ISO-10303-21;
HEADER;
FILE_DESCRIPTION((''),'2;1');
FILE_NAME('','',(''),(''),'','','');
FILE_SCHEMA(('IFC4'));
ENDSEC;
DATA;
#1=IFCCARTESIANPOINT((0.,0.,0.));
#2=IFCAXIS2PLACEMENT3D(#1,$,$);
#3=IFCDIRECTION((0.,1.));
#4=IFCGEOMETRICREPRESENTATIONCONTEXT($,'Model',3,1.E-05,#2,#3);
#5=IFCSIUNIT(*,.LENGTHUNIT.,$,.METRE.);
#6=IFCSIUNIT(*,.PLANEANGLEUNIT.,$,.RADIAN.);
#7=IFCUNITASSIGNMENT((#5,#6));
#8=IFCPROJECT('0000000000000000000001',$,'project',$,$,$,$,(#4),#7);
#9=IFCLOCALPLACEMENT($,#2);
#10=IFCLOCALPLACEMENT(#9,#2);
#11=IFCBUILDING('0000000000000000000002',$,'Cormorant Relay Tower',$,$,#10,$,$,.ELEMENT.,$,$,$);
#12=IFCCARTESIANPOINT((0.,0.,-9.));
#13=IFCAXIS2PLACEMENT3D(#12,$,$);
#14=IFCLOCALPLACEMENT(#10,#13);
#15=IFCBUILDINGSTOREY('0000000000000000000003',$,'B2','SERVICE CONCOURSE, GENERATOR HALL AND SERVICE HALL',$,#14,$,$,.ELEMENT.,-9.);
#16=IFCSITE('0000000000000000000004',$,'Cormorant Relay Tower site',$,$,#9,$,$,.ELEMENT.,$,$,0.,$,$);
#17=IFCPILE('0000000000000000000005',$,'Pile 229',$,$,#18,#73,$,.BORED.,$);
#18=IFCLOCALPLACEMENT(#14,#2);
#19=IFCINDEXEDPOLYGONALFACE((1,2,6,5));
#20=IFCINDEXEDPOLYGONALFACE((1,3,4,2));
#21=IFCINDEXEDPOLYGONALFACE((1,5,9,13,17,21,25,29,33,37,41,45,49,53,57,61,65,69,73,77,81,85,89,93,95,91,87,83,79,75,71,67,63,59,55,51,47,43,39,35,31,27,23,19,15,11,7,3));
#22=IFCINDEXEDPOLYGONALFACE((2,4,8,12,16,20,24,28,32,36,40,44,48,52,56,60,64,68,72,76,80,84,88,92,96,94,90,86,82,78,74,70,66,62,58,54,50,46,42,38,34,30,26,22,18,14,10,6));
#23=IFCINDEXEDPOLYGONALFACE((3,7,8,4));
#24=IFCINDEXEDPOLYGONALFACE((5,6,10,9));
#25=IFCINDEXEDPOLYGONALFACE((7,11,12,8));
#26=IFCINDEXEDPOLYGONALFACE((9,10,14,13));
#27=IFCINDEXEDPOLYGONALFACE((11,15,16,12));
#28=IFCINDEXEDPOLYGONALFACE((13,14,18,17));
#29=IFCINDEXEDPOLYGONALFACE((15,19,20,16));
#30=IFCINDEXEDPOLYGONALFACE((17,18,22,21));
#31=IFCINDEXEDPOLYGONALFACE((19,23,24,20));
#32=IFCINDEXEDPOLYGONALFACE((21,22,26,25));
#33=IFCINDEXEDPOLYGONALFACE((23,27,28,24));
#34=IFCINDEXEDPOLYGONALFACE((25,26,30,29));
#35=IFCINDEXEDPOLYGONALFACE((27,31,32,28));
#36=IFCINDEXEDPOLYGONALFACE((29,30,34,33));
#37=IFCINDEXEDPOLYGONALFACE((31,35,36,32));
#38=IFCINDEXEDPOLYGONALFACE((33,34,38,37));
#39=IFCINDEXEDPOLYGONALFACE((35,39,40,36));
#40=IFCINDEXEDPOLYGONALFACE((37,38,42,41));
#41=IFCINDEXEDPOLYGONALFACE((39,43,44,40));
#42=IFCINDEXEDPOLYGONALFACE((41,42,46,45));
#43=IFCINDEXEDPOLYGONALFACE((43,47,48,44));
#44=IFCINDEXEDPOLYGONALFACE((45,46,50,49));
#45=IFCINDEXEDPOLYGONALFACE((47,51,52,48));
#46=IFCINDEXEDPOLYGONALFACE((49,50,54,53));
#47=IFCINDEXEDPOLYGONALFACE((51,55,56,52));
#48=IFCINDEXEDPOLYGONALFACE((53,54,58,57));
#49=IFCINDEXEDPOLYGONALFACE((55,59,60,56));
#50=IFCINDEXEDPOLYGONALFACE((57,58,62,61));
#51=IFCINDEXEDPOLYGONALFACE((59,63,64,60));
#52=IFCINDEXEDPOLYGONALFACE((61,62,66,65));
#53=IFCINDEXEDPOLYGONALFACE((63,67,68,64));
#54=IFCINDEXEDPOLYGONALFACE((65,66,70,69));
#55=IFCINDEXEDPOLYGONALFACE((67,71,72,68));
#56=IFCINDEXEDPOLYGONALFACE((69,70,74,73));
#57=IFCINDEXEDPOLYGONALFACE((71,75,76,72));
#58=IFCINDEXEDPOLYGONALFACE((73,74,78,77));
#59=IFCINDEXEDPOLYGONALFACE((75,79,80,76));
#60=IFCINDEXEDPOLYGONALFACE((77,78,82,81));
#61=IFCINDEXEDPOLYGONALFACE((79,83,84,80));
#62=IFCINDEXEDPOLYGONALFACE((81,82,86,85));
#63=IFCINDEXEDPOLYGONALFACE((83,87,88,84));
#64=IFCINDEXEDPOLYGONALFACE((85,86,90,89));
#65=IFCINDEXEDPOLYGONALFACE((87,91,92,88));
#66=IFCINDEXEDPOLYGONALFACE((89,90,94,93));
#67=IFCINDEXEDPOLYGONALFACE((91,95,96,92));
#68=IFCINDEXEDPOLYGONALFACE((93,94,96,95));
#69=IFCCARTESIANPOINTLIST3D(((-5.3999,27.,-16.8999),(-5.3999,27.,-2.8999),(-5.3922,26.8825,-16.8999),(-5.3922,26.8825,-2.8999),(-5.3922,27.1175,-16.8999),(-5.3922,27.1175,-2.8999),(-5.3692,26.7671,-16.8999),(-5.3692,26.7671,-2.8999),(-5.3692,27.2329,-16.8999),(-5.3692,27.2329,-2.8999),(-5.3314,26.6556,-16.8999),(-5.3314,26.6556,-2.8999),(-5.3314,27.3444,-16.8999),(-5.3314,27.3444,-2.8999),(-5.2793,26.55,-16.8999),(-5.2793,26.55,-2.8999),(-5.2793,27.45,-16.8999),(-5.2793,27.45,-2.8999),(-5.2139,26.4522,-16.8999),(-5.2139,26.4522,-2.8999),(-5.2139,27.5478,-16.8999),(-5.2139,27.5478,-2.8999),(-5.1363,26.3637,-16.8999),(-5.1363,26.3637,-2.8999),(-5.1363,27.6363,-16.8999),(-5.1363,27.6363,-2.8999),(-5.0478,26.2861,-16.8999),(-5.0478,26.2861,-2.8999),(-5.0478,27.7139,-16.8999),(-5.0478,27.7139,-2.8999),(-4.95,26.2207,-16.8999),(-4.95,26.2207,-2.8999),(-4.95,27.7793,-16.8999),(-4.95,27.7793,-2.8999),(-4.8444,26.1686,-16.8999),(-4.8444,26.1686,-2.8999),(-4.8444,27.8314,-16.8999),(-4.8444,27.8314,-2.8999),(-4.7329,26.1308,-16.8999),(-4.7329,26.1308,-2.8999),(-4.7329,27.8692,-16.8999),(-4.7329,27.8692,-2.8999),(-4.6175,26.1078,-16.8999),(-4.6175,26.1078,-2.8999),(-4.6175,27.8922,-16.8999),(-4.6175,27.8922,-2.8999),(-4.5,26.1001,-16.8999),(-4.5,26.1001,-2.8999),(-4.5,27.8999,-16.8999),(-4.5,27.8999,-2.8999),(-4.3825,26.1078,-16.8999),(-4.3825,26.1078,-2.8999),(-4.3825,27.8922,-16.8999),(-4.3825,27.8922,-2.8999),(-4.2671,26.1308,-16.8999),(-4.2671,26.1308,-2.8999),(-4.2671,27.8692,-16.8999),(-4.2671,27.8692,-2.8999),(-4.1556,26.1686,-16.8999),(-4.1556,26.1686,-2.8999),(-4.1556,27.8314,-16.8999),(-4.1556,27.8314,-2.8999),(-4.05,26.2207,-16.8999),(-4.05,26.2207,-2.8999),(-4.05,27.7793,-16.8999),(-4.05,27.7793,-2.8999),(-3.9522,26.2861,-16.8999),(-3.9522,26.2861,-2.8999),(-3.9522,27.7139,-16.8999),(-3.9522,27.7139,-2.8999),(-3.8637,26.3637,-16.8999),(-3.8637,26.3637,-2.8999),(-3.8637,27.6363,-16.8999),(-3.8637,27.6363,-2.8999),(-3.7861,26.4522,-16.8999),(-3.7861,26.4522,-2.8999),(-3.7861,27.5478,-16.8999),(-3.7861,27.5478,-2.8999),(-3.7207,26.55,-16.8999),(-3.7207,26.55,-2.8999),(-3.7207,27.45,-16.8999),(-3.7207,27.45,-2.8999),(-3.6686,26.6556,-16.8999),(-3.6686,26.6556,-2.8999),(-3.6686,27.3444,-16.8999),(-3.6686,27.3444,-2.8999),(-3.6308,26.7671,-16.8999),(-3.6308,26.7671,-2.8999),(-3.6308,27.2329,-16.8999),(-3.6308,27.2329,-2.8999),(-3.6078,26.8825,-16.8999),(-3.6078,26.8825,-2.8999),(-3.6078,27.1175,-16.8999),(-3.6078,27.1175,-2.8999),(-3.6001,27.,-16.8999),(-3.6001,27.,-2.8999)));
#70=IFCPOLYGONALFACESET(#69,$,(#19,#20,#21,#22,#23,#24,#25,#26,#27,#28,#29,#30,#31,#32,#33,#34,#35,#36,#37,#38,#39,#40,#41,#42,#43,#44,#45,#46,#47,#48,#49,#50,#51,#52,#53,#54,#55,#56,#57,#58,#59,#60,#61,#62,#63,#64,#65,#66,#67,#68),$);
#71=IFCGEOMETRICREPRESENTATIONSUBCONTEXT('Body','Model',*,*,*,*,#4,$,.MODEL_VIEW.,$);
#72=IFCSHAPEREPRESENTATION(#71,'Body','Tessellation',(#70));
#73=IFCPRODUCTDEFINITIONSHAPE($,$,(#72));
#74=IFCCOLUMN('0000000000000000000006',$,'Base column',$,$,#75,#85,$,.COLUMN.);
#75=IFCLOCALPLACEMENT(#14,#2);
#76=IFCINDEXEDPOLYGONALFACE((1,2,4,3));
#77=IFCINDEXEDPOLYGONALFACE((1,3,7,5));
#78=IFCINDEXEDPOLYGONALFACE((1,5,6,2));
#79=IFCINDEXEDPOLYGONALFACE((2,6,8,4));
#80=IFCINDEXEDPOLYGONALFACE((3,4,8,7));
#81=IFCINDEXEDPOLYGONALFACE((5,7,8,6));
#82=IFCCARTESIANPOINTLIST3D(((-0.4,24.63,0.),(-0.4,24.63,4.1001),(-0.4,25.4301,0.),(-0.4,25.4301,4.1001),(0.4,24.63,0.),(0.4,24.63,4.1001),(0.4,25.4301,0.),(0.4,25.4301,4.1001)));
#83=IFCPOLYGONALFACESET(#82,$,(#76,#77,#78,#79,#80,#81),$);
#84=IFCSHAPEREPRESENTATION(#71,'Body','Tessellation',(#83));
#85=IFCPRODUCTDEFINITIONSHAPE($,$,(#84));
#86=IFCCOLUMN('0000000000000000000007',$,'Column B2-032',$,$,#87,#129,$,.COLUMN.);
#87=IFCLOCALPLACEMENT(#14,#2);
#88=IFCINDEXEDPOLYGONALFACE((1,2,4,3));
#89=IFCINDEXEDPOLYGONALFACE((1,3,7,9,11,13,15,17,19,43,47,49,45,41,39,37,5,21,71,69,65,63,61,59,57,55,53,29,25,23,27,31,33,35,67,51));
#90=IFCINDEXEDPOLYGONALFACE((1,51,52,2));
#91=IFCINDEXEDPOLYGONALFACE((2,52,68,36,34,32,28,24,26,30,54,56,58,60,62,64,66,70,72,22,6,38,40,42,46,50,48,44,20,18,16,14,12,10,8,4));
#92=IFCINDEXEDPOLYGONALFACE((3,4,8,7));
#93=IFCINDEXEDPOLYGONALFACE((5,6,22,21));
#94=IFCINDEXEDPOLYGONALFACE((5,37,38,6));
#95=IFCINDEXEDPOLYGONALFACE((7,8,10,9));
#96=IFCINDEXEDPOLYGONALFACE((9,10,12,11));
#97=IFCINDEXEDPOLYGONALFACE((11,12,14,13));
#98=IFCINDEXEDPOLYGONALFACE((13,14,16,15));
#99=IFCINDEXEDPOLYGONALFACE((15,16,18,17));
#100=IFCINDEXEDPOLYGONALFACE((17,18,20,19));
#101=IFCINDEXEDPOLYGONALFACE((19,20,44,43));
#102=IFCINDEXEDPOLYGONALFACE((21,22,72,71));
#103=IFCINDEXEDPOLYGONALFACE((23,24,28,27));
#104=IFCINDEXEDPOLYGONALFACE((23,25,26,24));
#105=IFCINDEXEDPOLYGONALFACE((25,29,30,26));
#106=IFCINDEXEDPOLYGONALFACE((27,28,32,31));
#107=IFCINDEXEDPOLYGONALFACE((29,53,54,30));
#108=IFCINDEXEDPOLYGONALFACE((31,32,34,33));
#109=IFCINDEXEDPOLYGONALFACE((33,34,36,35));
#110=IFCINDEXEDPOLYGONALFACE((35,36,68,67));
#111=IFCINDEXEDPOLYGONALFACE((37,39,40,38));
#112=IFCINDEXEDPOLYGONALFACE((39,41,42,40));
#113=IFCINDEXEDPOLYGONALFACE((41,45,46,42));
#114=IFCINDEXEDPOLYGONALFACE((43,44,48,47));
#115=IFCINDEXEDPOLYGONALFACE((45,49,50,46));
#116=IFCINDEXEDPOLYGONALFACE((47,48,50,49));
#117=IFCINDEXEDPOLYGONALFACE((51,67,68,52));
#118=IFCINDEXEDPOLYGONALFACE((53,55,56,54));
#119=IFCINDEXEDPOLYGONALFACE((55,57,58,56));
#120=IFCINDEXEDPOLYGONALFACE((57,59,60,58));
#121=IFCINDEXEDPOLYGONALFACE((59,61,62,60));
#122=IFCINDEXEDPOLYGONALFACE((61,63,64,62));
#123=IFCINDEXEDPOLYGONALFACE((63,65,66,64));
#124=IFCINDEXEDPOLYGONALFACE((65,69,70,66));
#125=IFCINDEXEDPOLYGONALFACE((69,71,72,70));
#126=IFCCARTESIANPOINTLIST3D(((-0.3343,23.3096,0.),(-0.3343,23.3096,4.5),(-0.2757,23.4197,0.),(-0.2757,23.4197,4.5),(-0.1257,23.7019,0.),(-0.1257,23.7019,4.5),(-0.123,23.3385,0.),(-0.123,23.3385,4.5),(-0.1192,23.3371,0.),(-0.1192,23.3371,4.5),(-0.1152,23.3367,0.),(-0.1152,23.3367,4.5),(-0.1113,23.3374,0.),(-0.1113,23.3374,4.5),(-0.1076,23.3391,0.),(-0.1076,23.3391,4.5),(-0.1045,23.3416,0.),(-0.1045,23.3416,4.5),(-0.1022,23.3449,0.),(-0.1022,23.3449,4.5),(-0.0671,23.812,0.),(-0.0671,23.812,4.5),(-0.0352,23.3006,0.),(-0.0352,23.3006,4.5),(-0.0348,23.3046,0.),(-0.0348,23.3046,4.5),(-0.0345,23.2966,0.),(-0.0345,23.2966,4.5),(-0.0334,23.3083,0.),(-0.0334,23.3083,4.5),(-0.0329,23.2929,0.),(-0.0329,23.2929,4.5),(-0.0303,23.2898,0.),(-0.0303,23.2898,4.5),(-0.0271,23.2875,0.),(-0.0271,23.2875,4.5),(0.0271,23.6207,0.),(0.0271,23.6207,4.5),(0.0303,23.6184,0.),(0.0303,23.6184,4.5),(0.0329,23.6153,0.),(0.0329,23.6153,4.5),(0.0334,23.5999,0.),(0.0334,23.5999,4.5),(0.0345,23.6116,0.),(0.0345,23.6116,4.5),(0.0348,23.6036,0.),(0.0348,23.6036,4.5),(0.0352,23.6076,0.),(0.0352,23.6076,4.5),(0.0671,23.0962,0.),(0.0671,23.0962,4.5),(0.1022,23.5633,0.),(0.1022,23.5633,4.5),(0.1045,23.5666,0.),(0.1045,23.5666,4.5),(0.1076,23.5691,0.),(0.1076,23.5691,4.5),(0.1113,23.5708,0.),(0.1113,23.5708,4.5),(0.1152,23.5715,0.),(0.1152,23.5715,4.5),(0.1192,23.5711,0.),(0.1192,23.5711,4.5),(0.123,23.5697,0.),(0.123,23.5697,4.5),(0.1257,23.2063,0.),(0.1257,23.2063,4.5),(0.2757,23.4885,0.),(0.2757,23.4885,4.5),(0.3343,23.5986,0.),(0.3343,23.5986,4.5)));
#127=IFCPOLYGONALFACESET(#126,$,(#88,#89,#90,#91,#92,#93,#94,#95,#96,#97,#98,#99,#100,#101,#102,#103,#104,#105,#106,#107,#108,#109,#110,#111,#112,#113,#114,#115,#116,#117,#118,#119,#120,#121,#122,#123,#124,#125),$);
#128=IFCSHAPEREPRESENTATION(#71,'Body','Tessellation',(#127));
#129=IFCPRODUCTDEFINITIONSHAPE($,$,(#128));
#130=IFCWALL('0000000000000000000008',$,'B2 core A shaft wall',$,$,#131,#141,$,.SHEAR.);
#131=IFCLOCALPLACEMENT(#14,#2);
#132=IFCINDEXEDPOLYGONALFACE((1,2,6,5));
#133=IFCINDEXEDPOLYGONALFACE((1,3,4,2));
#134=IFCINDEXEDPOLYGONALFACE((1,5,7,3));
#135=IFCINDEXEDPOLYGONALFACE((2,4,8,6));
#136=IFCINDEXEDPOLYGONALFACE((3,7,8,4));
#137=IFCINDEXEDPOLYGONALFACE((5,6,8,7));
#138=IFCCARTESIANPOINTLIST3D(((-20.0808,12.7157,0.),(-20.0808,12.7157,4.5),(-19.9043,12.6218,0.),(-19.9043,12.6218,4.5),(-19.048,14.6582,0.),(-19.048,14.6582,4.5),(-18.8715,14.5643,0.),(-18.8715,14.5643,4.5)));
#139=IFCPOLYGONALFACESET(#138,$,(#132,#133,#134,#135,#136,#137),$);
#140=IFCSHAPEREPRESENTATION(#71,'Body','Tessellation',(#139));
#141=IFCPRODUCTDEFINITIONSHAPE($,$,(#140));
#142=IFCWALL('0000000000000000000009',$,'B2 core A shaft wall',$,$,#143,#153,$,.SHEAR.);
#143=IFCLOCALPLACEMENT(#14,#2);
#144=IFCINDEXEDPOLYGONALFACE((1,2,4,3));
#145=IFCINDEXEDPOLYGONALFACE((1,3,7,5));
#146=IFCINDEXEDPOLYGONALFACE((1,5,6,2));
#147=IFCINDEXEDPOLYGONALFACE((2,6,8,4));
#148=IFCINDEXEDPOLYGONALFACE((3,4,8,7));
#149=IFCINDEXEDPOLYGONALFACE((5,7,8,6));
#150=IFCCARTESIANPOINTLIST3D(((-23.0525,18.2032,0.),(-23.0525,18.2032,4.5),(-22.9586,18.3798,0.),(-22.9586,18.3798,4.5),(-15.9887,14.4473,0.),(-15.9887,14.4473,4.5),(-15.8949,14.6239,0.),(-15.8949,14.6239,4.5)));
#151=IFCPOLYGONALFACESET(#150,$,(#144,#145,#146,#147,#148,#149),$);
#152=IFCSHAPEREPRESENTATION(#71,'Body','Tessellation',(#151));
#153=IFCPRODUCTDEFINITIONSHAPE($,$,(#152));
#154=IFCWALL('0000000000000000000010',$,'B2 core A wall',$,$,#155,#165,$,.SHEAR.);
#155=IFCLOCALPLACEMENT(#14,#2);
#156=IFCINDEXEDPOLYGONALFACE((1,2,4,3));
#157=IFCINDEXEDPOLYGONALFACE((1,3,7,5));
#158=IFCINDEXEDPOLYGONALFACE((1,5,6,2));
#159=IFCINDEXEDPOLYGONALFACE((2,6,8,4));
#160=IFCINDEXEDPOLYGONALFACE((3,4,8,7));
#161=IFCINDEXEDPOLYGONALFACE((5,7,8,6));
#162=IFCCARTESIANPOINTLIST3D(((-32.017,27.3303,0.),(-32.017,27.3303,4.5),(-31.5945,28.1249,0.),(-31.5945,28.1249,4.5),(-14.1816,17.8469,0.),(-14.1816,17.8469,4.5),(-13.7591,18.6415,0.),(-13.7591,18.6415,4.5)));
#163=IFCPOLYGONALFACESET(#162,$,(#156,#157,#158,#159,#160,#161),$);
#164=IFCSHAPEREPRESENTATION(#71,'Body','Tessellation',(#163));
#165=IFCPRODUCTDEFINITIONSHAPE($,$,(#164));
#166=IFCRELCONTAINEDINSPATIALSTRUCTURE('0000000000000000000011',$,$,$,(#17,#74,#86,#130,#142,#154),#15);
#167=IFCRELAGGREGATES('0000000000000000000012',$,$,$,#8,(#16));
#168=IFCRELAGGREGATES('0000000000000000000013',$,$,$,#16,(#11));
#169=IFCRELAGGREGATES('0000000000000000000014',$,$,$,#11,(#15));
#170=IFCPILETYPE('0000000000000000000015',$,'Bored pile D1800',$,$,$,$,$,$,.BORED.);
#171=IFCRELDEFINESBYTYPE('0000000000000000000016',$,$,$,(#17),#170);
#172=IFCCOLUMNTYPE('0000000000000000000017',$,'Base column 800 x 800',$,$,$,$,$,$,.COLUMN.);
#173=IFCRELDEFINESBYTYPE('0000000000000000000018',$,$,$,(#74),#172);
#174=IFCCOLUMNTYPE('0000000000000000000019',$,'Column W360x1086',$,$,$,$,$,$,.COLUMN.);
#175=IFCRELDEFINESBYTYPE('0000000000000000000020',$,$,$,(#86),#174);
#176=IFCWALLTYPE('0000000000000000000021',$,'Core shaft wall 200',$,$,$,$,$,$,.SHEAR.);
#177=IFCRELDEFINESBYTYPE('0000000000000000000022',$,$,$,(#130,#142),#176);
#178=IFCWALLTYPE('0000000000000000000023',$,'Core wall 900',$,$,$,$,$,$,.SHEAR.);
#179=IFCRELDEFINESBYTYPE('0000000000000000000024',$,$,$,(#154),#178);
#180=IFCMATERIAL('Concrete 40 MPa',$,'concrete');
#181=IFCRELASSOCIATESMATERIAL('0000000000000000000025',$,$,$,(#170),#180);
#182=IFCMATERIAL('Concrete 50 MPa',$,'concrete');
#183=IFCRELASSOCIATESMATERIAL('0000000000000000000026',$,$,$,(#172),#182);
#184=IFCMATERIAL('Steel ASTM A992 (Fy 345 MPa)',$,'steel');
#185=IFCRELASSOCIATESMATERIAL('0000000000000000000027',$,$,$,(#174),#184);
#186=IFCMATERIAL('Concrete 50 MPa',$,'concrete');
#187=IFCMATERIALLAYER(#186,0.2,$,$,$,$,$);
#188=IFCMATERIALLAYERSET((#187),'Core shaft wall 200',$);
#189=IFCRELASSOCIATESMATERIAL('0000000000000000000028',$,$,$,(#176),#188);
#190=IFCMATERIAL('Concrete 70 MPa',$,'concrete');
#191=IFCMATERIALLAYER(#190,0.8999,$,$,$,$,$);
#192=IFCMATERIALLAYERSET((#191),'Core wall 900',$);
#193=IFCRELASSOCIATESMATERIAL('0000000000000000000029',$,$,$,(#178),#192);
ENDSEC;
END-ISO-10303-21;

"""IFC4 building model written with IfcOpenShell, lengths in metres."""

from ifc_helpers import new_model, si_unit, direction, frame, frame_2d, origin, origin_2d, place, context, subcontext, project, spatial, rectangle, circle, i_section, extrude, material, layer, layer_set, material_profile, profile_set, type_object, element, save


model = new_model("IFC4")

# Units and contexts
model_context = context("Model", 3, precision=1e-05, world=origin(), true_north=direction((0.0, 1.0)))
body_context = subcontext(model_context, "Body", "Model", "MODEL_VIEW")
ifc_project = project(units=[si_unit("LENGTHUNIT", "METRE"), si_unit("PLANEANGLEUNIT", "RADIAN")], contexts=[model_context])

# Site, building, storey
site_placement = place(None, origin())
site = spatial("IfcSite", under=ifc_project, at=site_placement, Name="Cormorant Relay Tower site", CompositionType="ELEMENT", RefElevation=0.0)
building_placement = place(site_placement, origin())
building = spatial("IfcBuilding", under=site, at=building_placement, Name="Cormorant Relay Tower", CompositionType="ELEMENT")
storey_placement = place(building_placement, frame((0.0, 0.0, -9.0)))
storey = spatial("IfcBuildingStorey", under=building, at=storey_placement, Name="B2", Description="SERVICE CONCOURSE, GENERATOR HALL AND SERVICE HALL", CompositionType="ELEMENT", Elevation=-9.0)

# Pile
ifc_material_1 = material(Name="Concrete 40 MPa", Category="concrete")
ifc_material_profile_1 = material_profile(ifc_material_1, circle(Radius=0.8999, at=origin_2d()), Name="BP1800")
ifc_profile_set_1 = profile_set([ifc_material_profile_1], Name="Concrete 40 MPa")
pile_type = type_object("IfcPileType", Name="Bored pile D1800", PredefinedType="BORED", material=ifc_profile_set_1)
for number, where, z_axis, x_axis, name in (
    (1, (-4.5, 27.0, -2.8999), (0.0, 0.0, -1.0), (1.0, 0.0, 0.0), "Pile 229"),
):
    element("IfcPile", number, at=place(storey_placement, frame(where, z_axis=z_axis, x_axis=x_axis)), inside=storey, type_object=pile_type, Name=name, PredefinedType="BORED", context=body_context, shape_type="SweptSolid", body=[
        extrude(circle(Radius=0.8999, at=origin_2d()), origin(), (0.0, 0.0, 1.0), 14.0),
    ])

# Columns
ifc_material_2 = material(Name="Concrete 50 MPa", Category="concrete")
ifc_material_profile_2 = material_profile(ifc_material_2, rectangle(XDim=0.8, YDim=0.8, at=origin_2d()), Name="RC 800x800")
ifc_profile_set_2 = profile_set([ifc_material_profile_2], Name="Concrete 50 MPa")
column_type_1 = type_object("IfcColumnType", Name="Base column 800 x 800", PredefinedType="COLUMN", material=ifc_profile_set_2)
column_1_placement = place(storey_placement, frame((0.0, 25.03, 0.0), z_axis=(0.0, 0.0, 1.0), x_axis=(1.0, 0.0, 0.0)))
element("IfcColumn", 2, at=column_1_placement, inside=storey, type_object=column_type_1, Name="Base column", PredefinedType="COLUMN", context=body_context, shape_type="SweptSolid", body=[
    extrude(rectangle(XDim=0.8, YDim=0.8, at=origin_2d()), origin(), (0.0, 0.0, 1.0), 4.1001),
])
ifc_material_3 = material(Name="Steel ASTM A992 (Fy 345 MPa)", Category="steel")
ifc_material_profile_3 = material_profile(ifc_material_3, i_section(OverallWidth=0.4546, OverallDepth=0.5691, WebThickness=0.0779, FlangeThickness=0.1248, FilletRadius=0.0154, at=origin_2d()), Name="W360x1086")
ifc_profile_set_3 = profile_set([ifc_material_profile_3], Name="Steel ASTM A992 (Fy 345 MPa)")
column_type_2 = type_object("IfcColumnType", Name="Column W360x1086", PredefinedType="COLUMN", material=ifc_profile_set_3)
column_2_placement = place(storey_placement, frame((0.0, 23.4541, 0.0), z_axis=(0.0, 0.0, 1.0), x_axis=(-0.882948, 0.469472, 0.0)))
element("IfcColumn", 3, at=column_2_placement, inside=storey, type_object=column_type_2, Name="Column B2-032", PredefinedType="COLUMN", context=body_context, shape_type="SweptSolid", body=[
    extrude(i_section(OverallWidth=0.4546, OverallDepth=0.5691, WebThickness=0.0779, FlangeThickness=0.1248, FilletRadius=0.0154, at=origin_2d()), origin(), (0.0, 0.0, 1.0), 4.5),
])

# Walls
ifc_material_4 = material(Name="Concrete 50 MPa", Category="concrete")
ifc_layer_1 = layer(ifc_material_4, 0.2)
ifc_layer_set_1 = layer_set([ifc_layer_1], Name="Core shaft wall 200")
wall_type_1 = type_object("IfcWallType", Name="Core shaft wall 200", PredefinedType="SHEAR", material=ifc_layer_set_1)
wall_1_placement = place(storey_placement, frame((-18.9597, 14.6113, 0.0), z_axis=(0.0, 0.0, 1.0), x_axis=(-0.469447, -0.88296, 0.0)))
element("IfcWall", 4, at=wall_1_placement, inside=storey, type_object=wall_type_1, Name="B2 core A shaft wall", PredefinedType="SHEAR", context=body_context, shape_type="SweptSolid", body=[
    extrude(rectangle(XDim=2.2, YDim=0.2, at=frame_2d((1.1001, 0.0))), origin(), (0.0, 0.0, 1.0), 4.5),
])
wall_2_placement = place(storey_placement, frame((-15.9419, 14.5356, 0.0), z_axis=(0.0, 0.0, 1.0), x_axis=(-0.882947, 0.469473, 0.0)))
element("IfcWall", 5, at=wall_2_placement, inside=storey, type_object=wall_type_1, Name="B2 core A shaft wall", PredefinedType="SHEAR", context=body_context, shape_type="SweptSolid", body=[
    extrude(rectangle(XDim=8.0002, YDim=0.2, at=frame_2d((4.0, 0.0))), origin(), (0.0, 0.0, 1.0), 4.5),
])

# Shared definitions
ifc_material_5 = material(Name="Concrete 70 MPa", Category="concrete")
ifc_layer_2 = layer(ifc_material_5, 0.8999)
ifc_layer_set_2 = layer_set([ifc_layer_2], Name="Core wall 900")
wall_type_2 = type_object("IfcWallType", Name="Core wall 900", PredefinedType="SHEAR", material=ifc_layer_set_2)

# Wall
wall_3_placement = place(storey_placement, frame((-13.9702, 18.2441, 0.0), z_axis=(0.0, 0.0, 1.0), x_axis=(-0.882945, 0.469476, 0.0)))
element("IfcWall", 6, at=wall_3_placement, inside=storey, type_object=wall_type_2, Name="B2 core A wall", PredefinedType="SHEAR", context=body_context, shape_type="SweptSolid", body=[
    extrude(rectangle(XDim=20.2, YDim=0.8999, at=frame_2d((10.1001, 0.0))), origin(), (0.0, 0.0, 1.0), 4.5),
])

save(model, "model.ifc")
